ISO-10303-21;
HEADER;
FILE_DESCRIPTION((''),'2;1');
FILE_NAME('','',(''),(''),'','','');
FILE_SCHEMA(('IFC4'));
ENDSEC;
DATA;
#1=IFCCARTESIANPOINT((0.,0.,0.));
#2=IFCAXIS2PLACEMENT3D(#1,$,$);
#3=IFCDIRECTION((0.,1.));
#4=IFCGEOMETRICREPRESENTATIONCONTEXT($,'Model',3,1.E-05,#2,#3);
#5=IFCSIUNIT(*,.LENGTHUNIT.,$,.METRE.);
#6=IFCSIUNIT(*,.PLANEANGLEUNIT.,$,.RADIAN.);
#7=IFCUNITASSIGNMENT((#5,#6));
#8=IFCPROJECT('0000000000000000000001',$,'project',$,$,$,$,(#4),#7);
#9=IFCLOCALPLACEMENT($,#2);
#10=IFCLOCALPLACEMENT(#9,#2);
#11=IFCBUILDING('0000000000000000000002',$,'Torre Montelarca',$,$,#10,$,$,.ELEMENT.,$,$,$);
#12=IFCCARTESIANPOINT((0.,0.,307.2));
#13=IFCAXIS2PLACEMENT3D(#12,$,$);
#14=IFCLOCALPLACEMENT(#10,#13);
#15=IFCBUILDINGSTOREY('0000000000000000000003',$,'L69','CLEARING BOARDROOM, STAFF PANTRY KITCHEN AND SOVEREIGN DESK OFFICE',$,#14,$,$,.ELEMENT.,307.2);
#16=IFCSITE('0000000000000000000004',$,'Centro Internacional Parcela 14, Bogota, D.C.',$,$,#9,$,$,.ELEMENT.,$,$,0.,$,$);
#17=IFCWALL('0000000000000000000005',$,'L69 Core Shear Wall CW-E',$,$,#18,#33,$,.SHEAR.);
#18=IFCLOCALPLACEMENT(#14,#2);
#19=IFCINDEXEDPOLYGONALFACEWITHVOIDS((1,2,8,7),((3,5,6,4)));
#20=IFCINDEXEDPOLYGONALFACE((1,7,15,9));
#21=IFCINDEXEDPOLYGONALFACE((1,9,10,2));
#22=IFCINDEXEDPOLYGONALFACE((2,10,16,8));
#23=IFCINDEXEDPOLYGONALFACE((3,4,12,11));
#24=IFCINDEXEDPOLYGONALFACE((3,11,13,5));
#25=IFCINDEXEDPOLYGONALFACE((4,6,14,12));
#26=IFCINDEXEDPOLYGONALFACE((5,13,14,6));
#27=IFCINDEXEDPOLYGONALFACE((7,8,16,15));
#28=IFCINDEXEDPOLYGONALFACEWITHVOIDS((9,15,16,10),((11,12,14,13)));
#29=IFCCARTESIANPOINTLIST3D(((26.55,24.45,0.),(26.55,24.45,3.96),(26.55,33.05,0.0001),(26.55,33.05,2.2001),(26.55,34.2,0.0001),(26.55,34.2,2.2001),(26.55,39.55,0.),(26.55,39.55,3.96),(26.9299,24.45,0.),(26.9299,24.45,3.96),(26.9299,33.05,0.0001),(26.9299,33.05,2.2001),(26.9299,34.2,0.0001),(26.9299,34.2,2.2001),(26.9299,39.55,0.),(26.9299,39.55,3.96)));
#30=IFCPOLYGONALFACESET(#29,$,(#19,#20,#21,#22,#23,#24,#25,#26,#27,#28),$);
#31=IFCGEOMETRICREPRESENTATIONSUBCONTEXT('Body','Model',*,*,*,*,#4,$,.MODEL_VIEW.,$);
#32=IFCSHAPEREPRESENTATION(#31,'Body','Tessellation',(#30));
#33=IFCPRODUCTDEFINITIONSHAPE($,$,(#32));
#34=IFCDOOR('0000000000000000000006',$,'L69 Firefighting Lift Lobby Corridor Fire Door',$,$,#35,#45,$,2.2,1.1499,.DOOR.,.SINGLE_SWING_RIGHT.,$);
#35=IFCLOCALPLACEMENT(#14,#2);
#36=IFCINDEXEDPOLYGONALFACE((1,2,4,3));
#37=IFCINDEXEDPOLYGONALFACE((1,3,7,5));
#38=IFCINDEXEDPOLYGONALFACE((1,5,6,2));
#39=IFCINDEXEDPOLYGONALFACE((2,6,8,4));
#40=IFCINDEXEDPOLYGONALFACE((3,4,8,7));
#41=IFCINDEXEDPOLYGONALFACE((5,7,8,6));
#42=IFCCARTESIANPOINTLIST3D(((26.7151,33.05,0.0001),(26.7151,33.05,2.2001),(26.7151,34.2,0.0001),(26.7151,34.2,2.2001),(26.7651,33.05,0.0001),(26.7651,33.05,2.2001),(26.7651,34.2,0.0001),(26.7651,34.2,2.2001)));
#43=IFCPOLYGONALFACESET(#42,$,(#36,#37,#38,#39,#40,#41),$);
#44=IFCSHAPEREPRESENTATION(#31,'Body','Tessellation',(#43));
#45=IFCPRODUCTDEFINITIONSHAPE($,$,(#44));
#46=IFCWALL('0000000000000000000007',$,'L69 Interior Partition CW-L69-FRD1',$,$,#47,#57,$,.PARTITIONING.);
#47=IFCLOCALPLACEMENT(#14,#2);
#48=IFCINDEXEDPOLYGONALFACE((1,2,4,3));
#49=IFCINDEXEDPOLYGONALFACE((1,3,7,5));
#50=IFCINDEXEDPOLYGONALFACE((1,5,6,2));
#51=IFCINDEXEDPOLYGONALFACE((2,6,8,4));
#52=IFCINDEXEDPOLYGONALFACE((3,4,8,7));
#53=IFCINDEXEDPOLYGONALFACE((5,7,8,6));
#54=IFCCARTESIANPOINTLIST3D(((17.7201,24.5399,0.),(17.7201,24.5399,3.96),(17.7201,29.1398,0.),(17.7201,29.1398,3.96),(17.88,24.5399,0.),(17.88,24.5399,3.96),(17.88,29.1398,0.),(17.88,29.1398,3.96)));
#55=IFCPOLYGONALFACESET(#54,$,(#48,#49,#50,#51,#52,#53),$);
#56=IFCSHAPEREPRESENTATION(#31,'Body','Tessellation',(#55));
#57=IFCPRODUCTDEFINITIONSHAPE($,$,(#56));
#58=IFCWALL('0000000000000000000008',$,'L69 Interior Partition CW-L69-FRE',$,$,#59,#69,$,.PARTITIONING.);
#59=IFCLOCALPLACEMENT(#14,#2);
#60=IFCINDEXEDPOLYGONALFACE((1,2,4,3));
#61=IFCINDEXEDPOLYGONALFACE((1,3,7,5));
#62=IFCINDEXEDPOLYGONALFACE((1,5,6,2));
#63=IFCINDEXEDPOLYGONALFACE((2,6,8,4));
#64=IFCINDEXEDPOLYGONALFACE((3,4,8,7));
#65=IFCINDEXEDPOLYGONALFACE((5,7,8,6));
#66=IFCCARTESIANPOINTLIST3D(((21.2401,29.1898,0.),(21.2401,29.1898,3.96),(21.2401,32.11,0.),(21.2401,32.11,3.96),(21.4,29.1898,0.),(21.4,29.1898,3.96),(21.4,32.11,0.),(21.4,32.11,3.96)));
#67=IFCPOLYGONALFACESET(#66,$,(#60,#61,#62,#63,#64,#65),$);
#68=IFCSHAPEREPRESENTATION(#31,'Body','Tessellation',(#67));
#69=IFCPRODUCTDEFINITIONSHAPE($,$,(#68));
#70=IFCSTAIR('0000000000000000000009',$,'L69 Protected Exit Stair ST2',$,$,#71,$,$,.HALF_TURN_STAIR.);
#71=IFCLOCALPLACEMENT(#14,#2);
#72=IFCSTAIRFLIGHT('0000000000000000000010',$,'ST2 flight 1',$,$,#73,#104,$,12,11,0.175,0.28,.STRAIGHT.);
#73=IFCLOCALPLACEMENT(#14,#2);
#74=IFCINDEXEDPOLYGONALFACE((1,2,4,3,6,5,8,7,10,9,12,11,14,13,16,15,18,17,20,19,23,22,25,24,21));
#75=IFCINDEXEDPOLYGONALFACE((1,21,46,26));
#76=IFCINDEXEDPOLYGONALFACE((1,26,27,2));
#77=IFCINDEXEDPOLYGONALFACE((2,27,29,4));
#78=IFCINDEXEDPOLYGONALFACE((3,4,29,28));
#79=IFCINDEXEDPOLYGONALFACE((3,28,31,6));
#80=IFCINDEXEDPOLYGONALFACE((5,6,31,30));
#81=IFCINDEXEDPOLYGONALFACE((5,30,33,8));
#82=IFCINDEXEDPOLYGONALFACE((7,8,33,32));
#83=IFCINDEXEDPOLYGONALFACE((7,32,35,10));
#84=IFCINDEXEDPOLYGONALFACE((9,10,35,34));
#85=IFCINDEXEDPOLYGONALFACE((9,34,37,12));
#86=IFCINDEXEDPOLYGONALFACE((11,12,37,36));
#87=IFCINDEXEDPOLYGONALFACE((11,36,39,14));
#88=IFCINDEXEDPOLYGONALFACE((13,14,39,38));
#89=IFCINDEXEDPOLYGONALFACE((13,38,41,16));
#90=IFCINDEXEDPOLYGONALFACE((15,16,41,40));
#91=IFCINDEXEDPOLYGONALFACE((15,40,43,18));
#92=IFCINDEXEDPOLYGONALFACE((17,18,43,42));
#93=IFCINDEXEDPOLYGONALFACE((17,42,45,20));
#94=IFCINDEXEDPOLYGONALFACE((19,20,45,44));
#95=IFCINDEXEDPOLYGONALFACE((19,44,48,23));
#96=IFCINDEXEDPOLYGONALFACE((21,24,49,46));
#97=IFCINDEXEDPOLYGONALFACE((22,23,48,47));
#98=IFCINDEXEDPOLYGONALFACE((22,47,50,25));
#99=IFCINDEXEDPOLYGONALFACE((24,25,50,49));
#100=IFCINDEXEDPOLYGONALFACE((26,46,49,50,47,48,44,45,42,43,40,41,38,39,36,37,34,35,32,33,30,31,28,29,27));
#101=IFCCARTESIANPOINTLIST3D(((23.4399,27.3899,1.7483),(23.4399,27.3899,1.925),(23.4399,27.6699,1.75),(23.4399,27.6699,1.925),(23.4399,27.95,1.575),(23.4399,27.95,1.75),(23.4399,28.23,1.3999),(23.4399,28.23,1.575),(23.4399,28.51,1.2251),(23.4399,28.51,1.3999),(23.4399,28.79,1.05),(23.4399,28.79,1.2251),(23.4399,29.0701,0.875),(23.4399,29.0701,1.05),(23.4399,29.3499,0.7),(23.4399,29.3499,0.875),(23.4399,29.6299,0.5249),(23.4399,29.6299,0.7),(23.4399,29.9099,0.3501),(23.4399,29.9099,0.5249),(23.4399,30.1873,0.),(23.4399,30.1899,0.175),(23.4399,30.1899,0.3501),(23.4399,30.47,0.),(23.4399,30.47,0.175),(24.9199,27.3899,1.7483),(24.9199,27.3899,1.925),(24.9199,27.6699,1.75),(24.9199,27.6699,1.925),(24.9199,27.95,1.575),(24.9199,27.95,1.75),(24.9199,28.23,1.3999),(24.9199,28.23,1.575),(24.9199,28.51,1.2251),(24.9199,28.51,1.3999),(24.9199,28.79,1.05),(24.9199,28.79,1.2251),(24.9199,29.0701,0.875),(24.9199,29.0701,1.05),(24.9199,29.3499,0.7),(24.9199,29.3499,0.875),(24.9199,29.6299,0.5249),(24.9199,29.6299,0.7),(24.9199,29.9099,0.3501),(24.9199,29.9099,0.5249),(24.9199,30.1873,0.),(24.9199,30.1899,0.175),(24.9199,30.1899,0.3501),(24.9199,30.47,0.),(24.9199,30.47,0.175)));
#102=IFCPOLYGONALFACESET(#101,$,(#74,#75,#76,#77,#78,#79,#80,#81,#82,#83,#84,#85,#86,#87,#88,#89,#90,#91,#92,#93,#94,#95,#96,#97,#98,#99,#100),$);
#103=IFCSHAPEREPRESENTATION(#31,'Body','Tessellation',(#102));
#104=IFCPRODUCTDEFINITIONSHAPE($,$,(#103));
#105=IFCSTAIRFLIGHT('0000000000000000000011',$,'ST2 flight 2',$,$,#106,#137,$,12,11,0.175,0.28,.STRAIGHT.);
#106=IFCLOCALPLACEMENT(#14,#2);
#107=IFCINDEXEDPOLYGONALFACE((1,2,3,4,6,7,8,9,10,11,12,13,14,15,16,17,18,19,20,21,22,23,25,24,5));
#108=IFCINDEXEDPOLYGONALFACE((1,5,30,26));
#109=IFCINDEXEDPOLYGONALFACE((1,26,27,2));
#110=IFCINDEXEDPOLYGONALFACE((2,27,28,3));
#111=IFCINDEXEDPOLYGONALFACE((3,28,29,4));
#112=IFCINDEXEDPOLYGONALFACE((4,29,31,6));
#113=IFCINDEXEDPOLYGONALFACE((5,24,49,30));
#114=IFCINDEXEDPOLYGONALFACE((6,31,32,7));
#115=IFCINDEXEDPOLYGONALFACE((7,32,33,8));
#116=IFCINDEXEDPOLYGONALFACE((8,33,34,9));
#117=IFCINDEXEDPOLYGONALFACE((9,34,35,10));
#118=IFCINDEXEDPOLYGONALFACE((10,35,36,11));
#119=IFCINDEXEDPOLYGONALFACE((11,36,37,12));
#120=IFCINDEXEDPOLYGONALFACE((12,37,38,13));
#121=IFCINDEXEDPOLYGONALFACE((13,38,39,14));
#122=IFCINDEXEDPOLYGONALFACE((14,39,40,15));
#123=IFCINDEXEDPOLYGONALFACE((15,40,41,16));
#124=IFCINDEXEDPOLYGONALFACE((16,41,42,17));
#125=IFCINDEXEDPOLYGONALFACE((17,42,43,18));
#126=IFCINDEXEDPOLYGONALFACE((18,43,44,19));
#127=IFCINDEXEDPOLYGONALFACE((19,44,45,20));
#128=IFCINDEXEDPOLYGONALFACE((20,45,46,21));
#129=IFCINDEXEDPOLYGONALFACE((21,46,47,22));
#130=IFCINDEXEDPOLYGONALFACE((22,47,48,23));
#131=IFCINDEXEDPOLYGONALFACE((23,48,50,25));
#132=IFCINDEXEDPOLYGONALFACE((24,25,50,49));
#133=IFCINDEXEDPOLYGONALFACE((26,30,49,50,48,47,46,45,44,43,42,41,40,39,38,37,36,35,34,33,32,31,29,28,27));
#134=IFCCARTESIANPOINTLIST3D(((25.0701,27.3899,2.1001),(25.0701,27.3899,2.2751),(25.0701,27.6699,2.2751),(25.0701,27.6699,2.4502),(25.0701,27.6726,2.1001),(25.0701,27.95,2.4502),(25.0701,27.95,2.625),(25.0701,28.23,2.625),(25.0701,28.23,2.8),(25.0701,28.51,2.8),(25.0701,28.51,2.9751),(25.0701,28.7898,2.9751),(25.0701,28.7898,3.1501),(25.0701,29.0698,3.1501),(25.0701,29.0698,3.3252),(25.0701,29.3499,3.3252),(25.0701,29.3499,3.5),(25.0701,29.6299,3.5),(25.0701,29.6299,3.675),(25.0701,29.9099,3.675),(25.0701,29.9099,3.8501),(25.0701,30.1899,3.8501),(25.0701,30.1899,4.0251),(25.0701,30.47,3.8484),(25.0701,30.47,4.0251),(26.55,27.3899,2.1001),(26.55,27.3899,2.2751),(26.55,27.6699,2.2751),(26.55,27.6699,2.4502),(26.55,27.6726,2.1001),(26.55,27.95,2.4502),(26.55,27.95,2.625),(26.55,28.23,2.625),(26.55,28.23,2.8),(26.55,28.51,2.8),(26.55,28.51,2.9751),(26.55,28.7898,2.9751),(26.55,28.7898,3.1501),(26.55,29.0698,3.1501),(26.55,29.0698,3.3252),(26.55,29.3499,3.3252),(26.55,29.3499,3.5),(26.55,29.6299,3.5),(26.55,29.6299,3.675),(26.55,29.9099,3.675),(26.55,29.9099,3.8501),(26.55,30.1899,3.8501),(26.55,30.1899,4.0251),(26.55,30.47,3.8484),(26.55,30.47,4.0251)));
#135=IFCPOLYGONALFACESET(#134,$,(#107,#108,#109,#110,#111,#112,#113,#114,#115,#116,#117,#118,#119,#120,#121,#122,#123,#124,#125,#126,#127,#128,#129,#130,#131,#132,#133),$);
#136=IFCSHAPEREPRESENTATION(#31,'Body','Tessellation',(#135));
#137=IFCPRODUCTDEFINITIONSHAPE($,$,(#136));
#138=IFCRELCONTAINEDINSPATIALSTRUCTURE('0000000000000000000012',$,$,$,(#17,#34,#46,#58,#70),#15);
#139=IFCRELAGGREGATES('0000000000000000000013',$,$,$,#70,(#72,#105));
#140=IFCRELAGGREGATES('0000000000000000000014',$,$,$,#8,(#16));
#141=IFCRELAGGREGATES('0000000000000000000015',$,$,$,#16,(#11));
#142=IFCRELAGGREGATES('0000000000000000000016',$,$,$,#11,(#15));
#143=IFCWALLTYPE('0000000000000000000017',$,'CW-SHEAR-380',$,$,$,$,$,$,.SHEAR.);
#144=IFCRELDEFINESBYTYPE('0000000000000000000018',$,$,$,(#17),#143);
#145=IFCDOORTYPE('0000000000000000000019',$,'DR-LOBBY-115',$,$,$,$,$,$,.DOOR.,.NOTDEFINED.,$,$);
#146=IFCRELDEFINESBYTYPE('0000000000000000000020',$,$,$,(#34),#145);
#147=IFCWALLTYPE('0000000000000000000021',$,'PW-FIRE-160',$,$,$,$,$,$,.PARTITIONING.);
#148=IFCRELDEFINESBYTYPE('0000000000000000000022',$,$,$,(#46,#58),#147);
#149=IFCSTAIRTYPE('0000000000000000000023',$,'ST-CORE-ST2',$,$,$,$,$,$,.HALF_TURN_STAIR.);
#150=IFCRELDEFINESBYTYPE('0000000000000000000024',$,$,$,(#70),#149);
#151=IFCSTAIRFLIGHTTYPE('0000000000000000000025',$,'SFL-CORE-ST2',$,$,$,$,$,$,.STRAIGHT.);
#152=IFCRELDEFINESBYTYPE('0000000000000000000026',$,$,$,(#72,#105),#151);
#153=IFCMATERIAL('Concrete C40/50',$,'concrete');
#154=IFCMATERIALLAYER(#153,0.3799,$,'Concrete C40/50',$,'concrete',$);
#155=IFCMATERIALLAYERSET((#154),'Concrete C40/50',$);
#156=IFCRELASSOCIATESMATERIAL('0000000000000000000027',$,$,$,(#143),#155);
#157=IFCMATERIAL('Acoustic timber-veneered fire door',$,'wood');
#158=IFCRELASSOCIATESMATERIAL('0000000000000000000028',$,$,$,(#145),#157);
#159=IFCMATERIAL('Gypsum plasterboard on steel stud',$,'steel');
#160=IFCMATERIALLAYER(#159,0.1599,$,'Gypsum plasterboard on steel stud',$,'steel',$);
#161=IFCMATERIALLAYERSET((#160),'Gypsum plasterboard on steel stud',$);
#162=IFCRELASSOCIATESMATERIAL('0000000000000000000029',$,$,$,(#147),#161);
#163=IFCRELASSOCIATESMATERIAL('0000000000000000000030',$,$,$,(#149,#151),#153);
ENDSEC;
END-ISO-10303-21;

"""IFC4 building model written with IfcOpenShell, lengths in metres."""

from ifc_helpers import new_model, si_unit, direction, frame, frame_2d, origin, place, context, subcontext, project, spatial, polyline, rectangle, outline, extrude, source, transform, mapped, material, layer, layer_set, type_object, element, fill, aggregate, save


model = new_model("IFC4")

# Units and contexts
model_context = context("Model", 3, precision=1e-05, world=origin(), true_north=direction((0.0, 1.0)))
body_context = subcontext(model_context, "Body", "Model", "MODEL_VIEW")
ifc_project = project(units=[si_unit("LENGTHUNIT", "METRE"), si_unit("PLANEANGLEUNIT", "RADIAN")], contexts=[model_context])

# Site, building, storey
site_placement = place(None, origin())
site = spatial("IfcSite", under=ifc_project, at=site_placement, Name="Centro Internacional Parcela 14, Bogota, D.C.", CompositionType="ELEMENT", RefElevation=0.0)
building_placement = place(site_placement, origin())
building = spatial("IfcBuilding", under=site, at=building_placement, Name="Torre Montelarca", CompositionType="ELEMENT")
storey_placement = place(building_placement, frame((0.0, 0.0, 307.2)))
storey = spatial("IfcBuildingStorey", under=building, at=storey_placement, Name="L69", Description="CLEARING BOARDROOM, STAFF PANTRY KITCHEN AND SOVEREIGN DESK OFFICE", CompositionType="ELEMENT", Elevation=307.2)

# Shared definitions
ifc_material_1 = material(Name="Concrete C40/50", Category="concrete")

# Wall, opening, door
ifc_layer_1 = layer(ifc_material_1, 0.3799, Name="Concrete C40/50", Category="concrete")
ifc_layer_set_1 = layer_set([ifc_layer_1], Name="Concrete C40/50")
wall_type_1 = type_object("IfcWallType", Name="CW-SHEAR-380", PredefinedType="SHEAR", material=ifc_layer_set_1)
wall_1_placement = place(storey_placement, frame((26.74, 24.45, 0.0), z_axis=(0.0, 0.0, 1.0), x_axis=(0.0, 1.0, 0.0)))
wall_1 = element("IfcWall", 1, at=wall_1_placement, inside=storey, type_object=wall_type_1, Name="L69 Core Shear Wall CW-E", PredefinedType="SHEAR", context=body_context, shape_type="SweptSolid", body=[
    extrude(rectangle(XDim=15.1001, YDim=0.3799, at=frame_2d((7.55, 0.0))), origin(), (0.0, 0.0, 1.0), 3.96),
])
opening_placement = place(wall_1_placement, frame((8.6001, 0.0, 0.0)))
opening = element("IfcOpeningElement", 2, at=opening_placement, cuts=wall_1, PredefinedType="OPENING", context=body_context, shape_type="SweptSolid", body=[
    extrude(rectangle(XDim=1.1499, YDim=2.2, at=frame_2d((0.575, 1.1001))), frame((0.0, 0.2, 0.0), z_axis=(0.0, -1.0, 0.0), x_axis=(1.0, 0.0, 0.0)), (0.0, 0.0, 1.0), 0.3999),
])
ifc_material_2 = material(Name="Acoustic timber-veneered fire door", Category="wood")
door_type = type_object("IfcDoorType", Name="DR-LOBBY-115", OperationType="NOTDEFINED", PredefinedType="DOOR", material=ifc_material_2)
shared_shape_1 = source(origin(), body_context, "Body", "SweptSolid", [
    extrude(rectangle(XDim=1.1499, YDim=2.2, at=frame_2d((0.575, 1.1001))), frame((0.0, 0.0249, 0.0), z_axis=(0.0, -1.0, 0.0), x_axis=(1.0, 0.0, 0.0)), (0.0, 0.0, 1.0), 0.05),
])
door_placement = place(opening_placement, origin())
door = element("IfcDoor", 3, at=door_placement, inside=storey, type_object=door_type, Name="L69 Firefighting Lift Lobby Corridor Fire Door", OperationType="SINGLE_SWING_RIGHT", OverallHeight=2.2, OverallWidth=1.1499, PredefinedType="DOOR", context=body_context, shape_type="MappedRepresentation", body=[
    mapped(shared_shape_1, transform((0.0, 0.0, 0.0), scale=1.0)),
])
fill(opening, door)

# Walls
ifc_material_3 = material(Name="Gypsum plasterboard on steel stud", Category="steel")
ifc_layer_2 = layer(ifc_material_3, 0.1599, Name="Gypsum plasterboard on steel stud", Category="steel")
ifc_layer_set_2 = layer_set([ifc_layer_2], Name="Gypsum plasterboard on steel stud")
wall_type_2 = type_object("IfcWallType", Name="PW-FIRE-160", PredefinedType="PARTITIONING", material=ifc_layer_set_2)
wall_2_placement = place(storey_placement, frame((17.8, 24.54, 0.0), z_axis=(0.0, 0.0, 1.0), x_axis=(0.0, 1.0, 0.0)))
element("IfcWall", 4, at=wall_2_placement, inside=storey, type_object=wall_type_2, Name="L69 Interior Partition CW-L69-FRD1", PredefinedType="PARTITIONING", context=body_context, shape_type="SweptSolid", body=[
    extrude(rectangle(XDim=4.5999, YDim=0.1599, at=frame_2d((2.2998, 0.0))), origin(), (0.0, 0.0, 1.0), 3.96),
])
wall_3_placement = place(storey_placement, frame((21.3201, 29.1899, 0.0), z_axis=(0.0, 0.0, 1.0), x_axis=(0.0, 1.0, 0.0)))
element("IfcWall", 5, at=wall_3_placement, inside=storey, type_object=wall_type_2, Name="L69 Interior Partition CW-L69-FRE", PredefinedType="PARTITIONING", context=body_context, shape_type="SweptSolid", body=[
    extrude(rectangle(XDim=2.9202, YDim=0.1599, at=frame_2d((1.46, 0.0))), origin(), (0.0, 0.0, 1.0), 3.96),
])

# Stair, stair flights
stair_type = type_object("IfcStairType", Name="ST-CORE-ST2", PredefinedType="HALF_TURN_STAIR", material=ifc_material_1)
stair_placement = place(storey_placement, origin())
stair = element("IfcStair", 6, at=stair_placement, inside=storey, type_object=stair_type, Name="L69 Protected Exit Stair ST2", PredefinedType="HALF_TURN_STAIR")
stair_flight_type = type_object("IfcStairFlightType", Name="SFL-CORE-ST2", PredefinedType="STRAIGHT", material=ifc_material_1)
stair_flight_1_placement = place(storey_placement, frame((24.1799, 30.47, 0.0), z_axis=(0.0, 0.0, 1.0), x_axis=(0.0, -1.0, 0.0)))
stair_flight_1 = element("IfcStairFlight", 7, at=stair_flight_1_placement, type_object=stair_flight_type, Name="ST2 flight 1", NumberOfRisers=12, NumberOfTreads=11, PredefinedType="STRAIGHT", RiserHeight=0.175, TreadLength=0.28, context=body_context, shape_type="SweptSolid", body=[
    extrude(outline(polyline([(0.0, 0.0), (0.0, 0.175), (0.28, 0.175), (0.28, 0.3501), (0.5601, 0.3501), (0.5601, 0.5249), (0.8401, 0.5249), (0.8401, 0.7), (1.1201, 0.7), (1.1201, 0.875), (1.3999, 0.875), (1.3999, 1.05), (1.6799, 1.05), (1.6799, 1.2251), (1.96, 1.2251), (1.96, 1.3999), (2.24, 1.3999), (2.24, 1.575), (2.52, 1.575), (2.52, 1.75), (2.8, 1.75), (2.8, 1.925), (3.0801, 1.925), (3.0801, 2.1001), (3.0801, 1.7483), (0.2827, 0.0), (0.0, 0.0)])), frame((0.0, 0.74, 0.0), z_axis=(0.0, -1.0, 0.0), x_axis=(1.0, 0.0, 0.0)), (0.0, 0.0, 1.0), 1.48),
])
stair_flight_2_placement = place(storey_placement, frame((25.8101, 27.3899, 2.1001), z_axis=(0.0, 0.0, 1.0), x_axis=(0.0, 1.0, 0.0)))
stair_flight_2 = element("IfcStairFlight", 8, at=stair_flight_2_placement, type_object=stair_flight_type, Name="ST2 flight 2", NumberOfRisers=12, NumberOfTreads=11, PredefinedType="STRAIGHT", RiserHeight=0.175, TreadLength=0.28, context=body_context, shape_type="SweptSolid", body=[
    extrude(outline(polyline([(0.0, 0.0), (0.0, 0.175), (0.28, 0.175), (0.28, 0.3501), (0.5601, 0.3501), (0.5601, 0.5249), (0.8401, 0.5249), (0.8401, 0.7), (1.1201, 0.7), (1.1201, 0.875), (1.3999, 0.875), (1.3999, 1.05), (1.6799, 1.05), (1.6799, 1.2251), (1.96, 1.2251), (1.96, 1.3999), (2.24, 1.3999), (2.24, 1.575), (2.52, 1.575), (2.52, 1.75), (2.8, 1.75), (2.8, 1.925), (3.0801, 1.925), (3.0801, 2.1001), (3.0801, 1.7483), (0.2827, 0.0), (0.0, 0.0)])), frame((0.0, 0.74, 0.0), z_axis=(0.0, -1.0, 0.0), x_axis=(1.0, 0.0, 0.0)), (0.0, 0.0, 1.0), 1.48),
])
aggregate(stair, [stair_flight_1, stair_flight_2])

save(model, "model.ifc")
